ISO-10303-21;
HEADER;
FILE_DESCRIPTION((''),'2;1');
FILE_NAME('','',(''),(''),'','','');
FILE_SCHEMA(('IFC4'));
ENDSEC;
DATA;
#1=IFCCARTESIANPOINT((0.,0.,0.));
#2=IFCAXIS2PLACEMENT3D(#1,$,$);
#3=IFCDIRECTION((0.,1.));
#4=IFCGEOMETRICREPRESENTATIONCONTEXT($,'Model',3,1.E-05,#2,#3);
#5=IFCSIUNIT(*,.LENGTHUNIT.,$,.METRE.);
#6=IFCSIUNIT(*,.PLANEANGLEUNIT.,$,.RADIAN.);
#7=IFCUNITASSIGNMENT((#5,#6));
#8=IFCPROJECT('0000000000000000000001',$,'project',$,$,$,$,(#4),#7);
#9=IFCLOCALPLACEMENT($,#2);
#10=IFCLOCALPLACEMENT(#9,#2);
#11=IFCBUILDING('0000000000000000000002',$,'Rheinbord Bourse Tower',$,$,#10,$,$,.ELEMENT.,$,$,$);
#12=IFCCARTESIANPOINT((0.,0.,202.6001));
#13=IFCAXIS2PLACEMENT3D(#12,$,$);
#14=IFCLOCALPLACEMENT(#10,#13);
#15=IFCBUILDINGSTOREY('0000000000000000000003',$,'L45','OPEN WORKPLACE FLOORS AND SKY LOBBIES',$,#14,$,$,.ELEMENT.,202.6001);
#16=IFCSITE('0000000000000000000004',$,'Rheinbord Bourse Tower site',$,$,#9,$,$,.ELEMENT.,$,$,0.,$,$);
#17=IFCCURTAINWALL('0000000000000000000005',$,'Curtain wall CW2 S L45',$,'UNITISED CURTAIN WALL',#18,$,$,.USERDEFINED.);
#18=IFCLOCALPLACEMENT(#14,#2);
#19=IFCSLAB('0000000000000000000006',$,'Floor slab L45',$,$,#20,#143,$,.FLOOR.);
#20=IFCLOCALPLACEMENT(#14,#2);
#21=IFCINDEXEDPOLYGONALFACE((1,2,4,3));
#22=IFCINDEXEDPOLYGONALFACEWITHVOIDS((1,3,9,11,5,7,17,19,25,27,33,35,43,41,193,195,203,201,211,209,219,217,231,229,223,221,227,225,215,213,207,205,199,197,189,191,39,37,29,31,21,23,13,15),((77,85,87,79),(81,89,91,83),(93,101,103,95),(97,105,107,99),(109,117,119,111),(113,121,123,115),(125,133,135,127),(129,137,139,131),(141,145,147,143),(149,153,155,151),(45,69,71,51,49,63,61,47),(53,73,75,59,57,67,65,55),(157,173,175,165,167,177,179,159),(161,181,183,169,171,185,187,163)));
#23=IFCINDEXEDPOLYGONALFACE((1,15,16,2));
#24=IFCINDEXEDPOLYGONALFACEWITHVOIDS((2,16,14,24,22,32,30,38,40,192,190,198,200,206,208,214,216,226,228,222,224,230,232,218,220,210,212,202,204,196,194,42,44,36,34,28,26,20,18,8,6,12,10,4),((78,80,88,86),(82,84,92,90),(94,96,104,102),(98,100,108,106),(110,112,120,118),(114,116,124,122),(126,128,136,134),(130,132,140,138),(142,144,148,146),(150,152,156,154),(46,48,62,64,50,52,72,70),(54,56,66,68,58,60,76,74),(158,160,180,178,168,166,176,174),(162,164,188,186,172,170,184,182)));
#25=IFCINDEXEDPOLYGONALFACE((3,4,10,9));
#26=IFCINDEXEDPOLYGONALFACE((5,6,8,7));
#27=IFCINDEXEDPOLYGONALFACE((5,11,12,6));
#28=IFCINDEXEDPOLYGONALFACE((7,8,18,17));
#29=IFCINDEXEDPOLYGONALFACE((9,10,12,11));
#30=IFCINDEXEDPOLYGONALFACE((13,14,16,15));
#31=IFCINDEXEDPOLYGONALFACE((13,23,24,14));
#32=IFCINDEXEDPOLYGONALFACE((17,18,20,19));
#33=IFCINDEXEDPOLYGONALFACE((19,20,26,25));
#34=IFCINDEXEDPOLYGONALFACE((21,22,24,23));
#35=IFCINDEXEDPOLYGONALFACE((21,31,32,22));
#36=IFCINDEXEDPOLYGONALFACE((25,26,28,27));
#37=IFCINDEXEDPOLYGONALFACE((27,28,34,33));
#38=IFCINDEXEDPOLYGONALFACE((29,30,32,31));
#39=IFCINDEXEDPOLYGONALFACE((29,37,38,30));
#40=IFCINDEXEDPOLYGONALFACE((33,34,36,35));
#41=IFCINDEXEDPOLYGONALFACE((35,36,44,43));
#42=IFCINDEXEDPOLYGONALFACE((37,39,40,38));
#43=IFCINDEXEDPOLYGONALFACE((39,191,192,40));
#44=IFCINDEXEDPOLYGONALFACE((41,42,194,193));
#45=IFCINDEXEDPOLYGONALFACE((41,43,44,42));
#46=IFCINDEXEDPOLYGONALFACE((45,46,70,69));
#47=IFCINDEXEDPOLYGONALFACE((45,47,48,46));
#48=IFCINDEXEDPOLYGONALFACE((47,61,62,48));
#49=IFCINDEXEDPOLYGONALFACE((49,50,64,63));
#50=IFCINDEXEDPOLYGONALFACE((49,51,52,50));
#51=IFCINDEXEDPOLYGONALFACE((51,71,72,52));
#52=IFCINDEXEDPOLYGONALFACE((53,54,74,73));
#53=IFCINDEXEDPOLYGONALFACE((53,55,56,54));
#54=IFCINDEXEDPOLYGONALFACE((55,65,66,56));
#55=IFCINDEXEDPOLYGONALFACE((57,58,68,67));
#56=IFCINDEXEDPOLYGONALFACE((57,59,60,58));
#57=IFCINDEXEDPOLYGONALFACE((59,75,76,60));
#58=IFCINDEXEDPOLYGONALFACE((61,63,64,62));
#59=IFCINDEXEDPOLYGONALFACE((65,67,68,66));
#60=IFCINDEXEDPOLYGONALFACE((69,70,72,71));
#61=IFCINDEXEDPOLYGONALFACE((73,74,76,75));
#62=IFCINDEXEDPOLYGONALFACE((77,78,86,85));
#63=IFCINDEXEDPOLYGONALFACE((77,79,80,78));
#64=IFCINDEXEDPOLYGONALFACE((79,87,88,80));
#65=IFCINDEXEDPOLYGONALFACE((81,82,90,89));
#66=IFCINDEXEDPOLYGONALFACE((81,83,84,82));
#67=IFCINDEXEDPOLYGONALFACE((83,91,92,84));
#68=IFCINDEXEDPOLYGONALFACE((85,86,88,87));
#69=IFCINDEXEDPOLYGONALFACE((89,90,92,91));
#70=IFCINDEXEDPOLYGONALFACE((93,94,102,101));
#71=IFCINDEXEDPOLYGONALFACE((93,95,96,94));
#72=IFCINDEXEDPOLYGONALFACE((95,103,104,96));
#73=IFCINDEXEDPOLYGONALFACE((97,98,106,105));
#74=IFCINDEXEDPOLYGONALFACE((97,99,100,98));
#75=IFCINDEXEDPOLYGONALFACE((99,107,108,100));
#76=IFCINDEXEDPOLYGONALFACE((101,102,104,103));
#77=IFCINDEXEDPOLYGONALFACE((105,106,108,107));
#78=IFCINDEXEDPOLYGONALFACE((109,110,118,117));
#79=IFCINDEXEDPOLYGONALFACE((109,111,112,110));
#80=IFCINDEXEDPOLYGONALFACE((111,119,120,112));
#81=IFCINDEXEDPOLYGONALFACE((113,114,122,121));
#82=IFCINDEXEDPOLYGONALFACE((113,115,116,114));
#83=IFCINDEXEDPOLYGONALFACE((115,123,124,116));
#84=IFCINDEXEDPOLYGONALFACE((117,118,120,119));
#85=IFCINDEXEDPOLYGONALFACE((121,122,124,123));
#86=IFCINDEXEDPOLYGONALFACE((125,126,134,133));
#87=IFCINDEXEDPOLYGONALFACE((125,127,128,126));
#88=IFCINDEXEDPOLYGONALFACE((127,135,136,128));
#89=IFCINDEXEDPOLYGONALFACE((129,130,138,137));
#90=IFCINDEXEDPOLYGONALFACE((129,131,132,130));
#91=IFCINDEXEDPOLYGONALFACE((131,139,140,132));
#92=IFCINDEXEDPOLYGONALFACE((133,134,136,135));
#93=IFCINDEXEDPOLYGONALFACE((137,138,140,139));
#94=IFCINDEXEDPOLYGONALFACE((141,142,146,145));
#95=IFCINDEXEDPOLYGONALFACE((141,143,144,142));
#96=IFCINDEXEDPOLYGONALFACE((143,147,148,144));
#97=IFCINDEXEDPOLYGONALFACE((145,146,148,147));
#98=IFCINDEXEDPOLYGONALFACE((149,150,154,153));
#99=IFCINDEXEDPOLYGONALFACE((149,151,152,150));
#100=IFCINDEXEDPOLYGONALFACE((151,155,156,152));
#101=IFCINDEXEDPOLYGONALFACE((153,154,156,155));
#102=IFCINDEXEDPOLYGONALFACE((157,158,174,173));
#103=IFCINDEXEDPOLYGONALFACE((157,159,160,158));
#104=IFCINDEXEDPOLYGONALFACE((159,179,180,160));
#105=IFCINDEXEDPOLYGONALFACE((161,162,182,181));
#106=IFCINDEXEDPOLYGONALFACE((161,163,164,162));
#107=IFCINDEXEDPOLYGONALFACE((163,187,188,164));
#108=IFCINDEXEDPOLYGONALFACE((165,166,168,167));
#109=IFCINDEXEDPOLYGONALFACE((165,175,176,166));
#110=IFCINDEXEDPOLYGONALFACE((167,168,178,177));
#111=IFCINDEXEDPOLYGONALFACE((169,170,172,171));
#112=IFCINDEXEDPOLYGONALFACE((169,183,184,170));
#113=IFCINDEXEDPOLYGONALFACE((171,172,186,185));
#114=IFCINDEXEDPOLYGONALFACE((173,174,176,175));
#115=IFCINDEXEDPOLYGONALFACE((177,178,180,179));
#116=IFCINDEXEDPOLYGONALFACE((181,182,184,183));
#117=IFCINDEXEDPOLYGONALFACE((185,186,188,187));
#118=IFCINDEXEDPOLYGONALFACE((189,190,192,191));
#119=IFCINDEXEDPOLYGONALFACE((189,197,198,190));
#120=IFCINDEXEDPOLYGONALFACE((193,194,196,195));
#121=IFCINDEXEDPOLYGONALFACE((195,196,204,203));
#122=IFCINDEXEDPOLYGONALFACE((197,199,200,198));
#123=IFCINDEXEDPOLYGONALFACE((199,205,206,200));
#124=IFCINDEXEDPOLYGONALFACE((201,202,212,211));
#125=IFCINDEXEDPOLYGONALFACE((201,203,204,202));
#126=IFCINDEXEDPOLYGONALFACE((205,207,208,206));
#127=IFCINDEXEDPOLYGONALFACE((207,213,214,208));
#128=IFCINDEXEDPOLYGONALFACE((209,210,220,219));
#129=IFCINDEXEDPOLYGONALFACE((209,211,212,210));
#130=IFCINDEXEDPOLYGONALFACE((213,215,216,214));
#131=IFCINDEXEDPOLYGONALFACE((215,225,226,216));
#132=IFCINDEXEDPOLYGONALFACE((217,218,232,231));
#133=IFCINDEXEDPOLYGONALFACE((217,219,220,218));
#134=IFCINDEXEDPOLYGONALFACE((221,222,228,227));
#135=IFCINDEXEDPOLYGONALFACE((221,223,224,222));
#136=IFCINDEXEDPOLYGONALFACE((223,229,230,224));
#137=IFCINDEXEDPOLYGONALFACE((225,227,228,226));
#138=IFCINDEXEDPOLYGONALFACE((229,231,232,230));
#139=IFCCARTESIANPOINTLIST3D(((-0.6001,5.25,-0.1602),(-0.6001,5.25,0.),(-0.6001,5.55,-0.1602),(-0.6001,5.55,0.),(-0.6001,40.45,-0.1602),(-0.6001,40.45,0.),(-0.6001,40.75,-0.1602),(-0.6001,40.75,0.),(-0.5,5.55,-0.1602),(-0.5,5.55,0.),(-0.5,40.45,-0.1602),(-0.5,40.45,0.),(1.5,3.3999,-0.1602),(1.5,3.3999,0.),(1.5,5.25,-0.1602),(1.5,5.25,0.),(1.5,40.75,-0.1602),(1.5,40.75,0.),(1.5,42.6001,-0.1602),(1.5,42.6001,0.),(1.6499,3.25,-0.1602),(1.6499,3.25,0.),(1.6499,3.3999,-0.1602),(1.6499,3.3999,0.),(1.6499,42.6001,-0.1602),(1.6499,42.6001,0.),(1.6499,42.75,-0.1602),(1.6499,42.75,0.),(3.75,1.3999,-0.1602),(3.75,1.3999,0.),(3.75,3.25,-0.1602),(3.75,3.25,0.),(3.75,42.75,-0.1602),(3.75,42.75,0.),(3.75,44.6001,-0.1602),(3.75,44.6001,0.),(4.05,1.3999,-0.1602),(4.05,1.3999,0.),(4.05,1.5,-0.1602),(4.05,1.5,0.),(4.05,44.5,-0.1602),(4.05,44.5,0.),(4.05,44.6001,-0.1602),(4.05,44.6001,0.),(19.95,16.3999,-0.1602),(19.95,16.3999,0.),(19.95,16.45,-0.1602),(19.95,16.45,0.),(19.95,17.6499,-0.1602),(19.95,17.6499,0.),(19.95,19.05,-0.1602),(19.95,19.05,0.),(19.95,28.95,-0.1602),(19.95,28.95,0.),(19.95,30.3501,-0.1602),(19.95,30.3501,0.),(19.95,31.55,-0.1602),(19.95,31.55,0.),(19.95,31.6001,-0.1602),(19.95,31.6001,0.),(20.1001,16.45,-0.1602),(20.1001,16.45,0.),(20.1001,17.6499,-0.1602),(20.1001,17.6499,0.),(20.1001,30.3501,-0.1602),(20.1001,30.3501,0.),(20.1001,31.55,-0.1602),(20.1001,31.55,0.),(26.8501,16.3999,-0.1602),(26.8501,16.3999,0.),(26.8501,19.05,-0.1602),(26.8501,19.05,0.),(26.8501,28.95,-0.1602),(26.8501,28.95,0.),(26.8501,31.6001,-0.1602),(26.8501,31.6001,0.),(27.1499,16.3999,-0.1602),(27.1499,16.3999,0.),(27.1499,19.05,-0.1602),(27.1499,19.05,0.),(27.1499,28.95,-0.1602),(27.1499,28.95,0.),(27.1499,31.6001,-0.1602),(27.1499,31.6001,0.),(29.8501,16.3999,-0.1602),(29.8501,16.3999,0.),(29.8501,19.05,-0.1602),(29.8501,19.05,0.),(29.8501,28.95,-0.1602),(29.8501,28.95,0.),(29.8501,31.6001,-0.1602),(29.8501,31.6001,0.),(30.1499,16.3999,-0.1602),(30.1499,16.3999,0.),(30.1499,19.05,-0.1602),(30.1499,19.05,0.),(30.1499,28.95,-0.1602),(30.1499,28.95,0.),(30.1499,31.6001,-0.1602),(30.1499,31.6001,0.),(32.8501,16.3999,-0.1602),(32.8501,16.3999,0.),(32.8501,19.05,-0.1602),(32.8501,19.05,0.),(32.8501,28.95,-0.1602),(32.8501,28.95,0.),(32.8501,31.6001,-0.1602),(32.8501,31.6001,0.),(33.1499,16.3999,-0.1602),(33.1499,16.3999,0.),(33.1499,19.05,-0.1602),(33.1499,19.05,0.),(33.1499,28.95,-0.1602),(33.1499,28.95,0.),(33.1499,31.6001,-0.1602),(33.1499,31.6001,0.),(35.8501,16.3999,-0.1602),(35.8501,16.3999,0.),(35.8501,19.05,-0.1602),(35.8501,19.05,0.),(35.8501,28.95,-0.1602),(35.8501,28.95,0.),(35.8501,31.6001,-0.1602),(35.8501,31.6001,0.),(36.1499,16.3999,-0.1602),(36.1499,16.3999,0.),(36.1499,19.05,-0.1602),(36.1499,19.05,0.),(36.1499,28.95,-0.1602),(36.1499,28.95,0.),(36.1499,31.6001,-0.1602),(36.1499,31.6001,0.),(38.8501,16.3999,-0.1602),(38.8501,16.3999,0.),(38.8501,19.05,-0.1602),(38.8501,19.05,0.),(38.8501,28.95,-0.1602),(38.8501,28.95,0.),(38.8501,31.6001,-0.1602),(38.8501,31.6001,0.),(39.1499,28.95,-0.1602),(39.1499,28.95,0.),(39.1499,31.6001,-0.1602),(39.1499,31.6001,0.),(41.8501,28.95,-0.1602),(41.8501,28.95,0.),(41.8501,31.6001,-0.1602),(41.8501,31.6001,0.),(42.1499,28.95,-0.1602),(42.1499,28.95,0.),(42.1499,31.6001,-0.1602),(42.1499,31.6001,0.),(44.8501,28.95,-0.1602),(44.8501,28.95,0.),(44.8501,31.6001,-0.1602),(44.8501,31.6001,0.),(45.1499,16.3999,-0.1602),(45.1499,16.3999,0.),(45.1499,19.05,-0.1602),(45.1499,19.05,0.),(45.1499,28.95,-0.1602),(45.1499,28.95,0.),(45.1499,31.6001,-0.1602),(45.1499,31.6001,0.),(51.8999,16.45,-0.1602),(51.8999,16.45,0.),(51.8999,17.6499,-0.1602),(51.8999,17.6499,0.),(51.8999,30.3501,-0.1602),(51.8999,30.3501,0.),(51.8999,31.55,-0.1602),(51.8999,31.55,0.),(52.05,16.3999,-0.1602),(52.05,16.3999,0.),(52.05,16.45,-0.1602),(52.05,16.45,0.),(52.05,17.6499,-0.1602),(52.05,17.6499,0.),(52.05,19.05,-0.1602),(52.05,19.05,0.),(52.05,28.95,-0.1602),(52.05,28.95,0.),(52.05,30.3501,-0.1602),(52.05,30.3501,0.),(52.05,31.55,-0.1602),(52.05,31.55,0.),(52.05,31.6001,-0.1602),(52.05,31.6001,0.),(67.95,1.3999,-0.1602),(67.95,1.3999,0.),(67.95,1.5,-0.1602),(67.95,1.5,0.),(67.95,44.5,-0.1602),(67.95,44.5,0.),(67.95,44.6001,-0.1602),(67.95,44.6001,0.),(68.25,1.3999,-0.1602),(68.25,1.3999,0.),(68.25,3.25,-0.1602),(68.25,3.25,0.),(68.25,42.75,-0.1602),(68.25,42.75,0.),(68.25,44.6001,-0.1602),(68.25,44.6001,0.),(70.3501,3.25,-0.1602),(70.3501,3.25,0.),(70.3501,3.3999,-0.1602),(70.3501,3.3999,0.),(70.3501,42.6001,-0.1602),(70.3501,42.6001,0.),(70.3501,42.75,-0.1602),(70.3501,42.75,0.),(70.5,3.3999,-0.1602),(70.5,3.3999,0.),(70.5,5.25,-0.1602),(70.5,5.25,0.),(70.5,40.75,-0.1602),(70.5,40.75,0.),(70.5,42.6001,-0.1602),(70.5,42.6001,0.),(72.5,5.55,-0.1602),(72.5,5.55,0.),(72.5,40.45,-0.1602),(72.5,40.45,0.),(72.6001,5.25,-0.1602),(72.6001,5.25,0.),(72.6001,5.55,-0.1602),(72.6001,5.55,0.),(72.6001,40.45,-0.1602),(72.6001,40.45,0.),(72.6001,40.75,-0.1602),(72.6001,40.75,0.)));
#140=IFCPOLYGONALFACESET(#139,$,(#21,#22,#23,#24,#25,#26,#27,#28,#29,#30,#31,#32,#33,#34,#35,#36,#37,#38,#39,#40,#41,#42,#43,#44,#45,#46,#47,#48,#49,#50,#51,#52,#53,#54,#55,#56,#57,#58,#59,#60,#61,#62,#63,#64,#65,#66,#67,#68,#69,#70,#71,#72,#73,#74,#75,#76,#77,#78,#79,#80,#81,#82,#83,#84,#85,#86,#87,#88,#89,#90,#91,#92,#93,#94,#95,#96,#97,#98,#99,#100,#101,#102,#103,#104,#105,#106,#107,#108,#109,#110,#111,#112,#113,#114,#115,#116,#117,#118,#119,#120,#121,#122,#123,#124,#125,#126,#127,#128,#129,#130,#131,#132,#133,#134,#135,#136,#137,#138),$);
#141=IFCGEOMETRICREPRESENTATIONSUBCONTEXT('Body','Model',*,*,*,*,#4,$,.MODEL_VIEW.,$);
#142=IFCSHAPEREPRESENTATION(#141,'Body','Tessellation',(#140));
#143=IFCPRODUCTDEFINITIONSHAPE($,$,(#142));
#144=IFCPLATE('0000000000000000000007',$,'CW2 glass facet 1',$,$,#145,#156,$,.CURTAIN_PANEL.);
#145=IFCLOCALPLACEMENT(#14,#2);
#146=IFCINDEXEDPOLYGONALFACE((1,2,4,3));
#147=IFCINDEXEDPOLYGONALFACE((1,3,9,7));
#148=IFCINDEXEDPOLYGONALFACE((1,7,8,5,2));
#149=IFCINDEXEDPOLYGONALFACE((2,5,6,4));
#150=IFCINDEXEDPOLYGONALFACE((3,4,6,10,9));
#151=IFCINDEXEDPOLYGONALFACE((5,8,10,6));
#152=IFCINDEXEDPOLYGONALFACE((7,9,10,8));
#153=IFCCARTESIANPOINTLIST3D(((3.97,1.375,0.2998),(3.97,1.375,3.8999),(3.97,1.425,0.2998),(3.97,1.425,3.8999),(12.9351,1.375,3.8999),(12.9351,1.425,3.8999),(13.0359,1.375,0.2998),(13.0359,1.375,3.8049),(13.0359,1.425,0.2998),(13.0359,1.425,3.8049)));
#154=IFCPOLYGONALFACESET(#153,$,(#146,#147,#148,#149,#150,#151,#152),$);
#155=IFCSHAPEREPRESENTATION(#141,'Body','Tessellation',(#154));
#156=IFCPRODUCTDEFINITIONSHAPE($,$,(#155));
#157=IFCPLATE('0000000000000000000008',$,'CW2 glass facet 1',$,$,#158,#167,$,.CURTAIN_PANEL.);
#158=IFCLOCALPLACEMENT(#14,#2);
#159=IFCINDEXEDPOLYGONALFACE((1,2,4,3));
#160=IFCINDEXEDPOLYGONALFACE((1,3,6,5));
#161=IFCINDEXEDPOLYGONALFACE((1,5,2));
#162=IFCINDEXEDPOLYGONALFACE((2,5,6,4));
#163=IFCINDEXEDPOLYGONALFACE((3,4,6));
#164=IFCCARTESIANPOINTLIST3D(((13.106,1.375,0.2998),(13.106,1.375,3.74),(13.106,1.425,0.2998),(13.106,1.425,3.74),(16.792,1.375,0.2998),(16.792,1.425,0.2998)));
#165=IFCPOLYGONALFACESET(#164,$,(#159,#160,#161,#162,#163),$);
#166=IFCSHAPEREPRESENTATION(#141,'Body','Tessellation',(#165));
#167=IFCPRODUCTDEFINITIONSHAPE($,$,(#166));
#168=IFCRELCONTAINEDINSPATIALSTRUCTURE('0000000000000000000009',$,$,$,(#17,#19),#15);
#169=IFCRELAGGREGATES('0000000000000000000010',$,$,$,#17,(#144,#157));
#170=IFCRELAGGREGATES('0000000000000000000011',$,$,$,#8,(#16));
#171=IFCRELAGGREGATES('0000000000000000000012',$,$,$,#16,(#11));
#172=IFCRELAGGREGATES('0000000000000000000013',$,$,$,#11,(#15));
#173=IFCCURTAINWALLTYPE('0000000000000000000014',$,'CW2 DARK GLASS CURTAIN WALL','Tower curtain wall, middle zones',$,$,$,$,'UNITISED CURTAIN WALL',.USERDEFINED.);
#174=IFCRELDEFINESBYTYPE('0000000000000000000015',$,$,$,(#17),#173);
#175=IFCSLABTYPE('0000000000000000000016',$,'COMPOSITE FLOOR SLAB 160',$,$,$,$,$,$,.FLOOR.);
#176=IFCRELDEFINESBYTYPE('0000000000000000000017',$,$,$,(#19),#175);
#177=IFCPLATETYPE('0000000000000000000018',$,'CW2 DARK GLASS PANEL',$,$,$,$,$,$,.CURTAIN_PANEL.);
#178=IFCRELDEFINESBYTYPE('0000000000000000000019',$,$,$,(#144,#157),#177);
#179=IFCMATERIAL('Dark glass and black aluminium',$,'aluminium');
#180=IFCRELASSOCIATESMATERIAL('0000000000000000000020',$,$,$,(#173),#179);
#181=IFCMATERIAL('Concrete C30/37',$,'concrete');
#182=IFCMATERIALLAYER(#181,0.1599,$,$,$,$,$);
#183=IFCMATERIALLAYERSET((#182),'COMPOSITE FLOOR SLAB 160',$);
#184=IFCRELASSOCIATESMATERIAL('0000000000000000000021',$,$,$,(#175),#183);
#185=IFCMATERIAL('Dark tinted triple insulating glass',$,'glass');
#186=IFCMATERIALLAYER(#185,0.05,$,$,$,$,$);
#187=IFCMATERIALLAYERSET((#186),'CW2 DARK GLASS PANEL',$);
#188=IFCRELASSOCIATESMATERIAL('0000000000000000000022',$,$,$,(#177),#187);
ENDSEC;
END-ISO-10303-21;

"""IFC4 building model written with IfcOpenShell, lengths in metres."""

from ifc_helpers import new_model, si_unit, direction, frame, origin, place, context, subcontext, project, spatial, polyline, outline, extrude, material, layer, layer_set, type_object, element, aggregate, save


model = new_model("IFC4")

# Units and contexts
model_context = context("Model", 3, precision=1e-05, world=origin(), true_north=direction((0.0, 1.0)))
body_context = subcontext(model_context, "Body", "Model", "MODEL_VIEW")
ifc_project = project(units=[si_unit("LENGTHUNIT", "METRE"), si_unit("PLANEANGLEUNIT", "RADIAN")], contexts=[model_context])

# Site, building, storey
site_placement = place(None, origin())
site = spatial("IfcSite", under=ifc_project, at=site_placement, Name="Rheinbord Bourse Tower site", CompositionType="ELEMENT", RefElevation=0.0)
building_placement = place(site_placement, origin())
building = spatial("IfcBuilding", under=site, at=building_placement, Name="Rheinbord Bourse Tower", CompositionType="ELEMENT")
storey_placement = place(building_placement, frame((0.0, 0.0, 202.6001)))
storey = spatial("IfcBuildingStorey", under=building, at=storey_placement, Name="L45", Description="OPEN WORKPLACE FLOORS AND SKY LOBBIES", CompositionType="ELEMENT", Elevation=202.6001)

# Curtain wall
ifc_material_1 = material(Name="Dark glass and black aluminium", Category="aluminium")
curtain_wall_type = type_object("IfcCurtainWallType", Name="CW2 DARK GLASS CURTAIN WALL", Description="Tower curtain wall, middle zones", ElementType="UNITISED CURTAIN WALL", PredefinedType="USERDEFINED", material=ifc_material_1)
curtain_wall_1_placement = place(storey_placement, origin())
curtain_wall_1 = element("IfcCurtainWall", 1, at=curtain_wall_1_placement, inside=storey, type_object=curtain_wall_type, Name="Curtain wall CW2 S L45", ObjectType="UNITISED CURTAIN WALL", PredefinedType="USERDEFINED")

# Slab
ifc_material_2 = material(Name="Concrete C30/37", Category="concrete")
ifc_layer_1 = layer(ifc_material_2, 0.1599)
ifc_layer_set_1 = layer_set([ifc_layer_1], Name="COMPOSITE FLOOR SLAB 160")
slab_type_1 = type_object("IfcSlabType", Name="COMPOSITE FLOOR SLAB 160", PredefinedType="FLOOR", material=ifc_layer_set_1)
slab_1_placement = place(storey_placement, frame((0.0, 0.0, -0.1602)))
element("IfcSlab", 2, at=slab_1_placement, inside=storey, type_object=slab_type_1, Name="Floor slab L45", PredefinedType="FLOOR", context=body_context, shape_type="SweptSolid", body=[
    extrude(outline(polyline([(1.6499, 3.3999), (1.5, 3.3999), (1.5, 5.25), (-0.6001, 5.25), (-0.6001, 5.55), (-0.5, 5.55), (-0.5, 40.45), (-0.6001, 40.45), (-0.6001, 40.75), (1.5, 40.75), (1.5, 42.6001), (1.6499, 42.6001), (1.6499, 42.75), (3.75, 42.75), (3.75, 44.6001), (4.05, 44.6001), (4.05, 44.5), (67.95, 44.5), (67.95, 44.6001), (68.25, 44.6001), (68.25, 42.75), (70.3501, 42.75), (70.3501, 42.6001), (70.5, 42.6001), (70.5, 40.75), (72.6001, 40.75), (72.6001, 40.45), (72.5, 40.45), (72.5, 5.55), (72.6001, 5.55), (72.6001, 5.25), (70.5, 5.25), (70.5, 3.3999), (70.3501, 3.3999), (70.3501, 3.25), (68.25, 3.25), (68.25, 1.3999), (67.95, 1.3999), (67.95, 1.5), (4.05, 1.5), (4.05, 1.3999), (3.75, 1.3999), (3.75, 3.25), (1.6499, 3.25), (1.6499, 3.3999)]), holes=[polyline([(19.95, 19.05), (26.8501, 19.05), (26.8501, 16.3999), (19.95, 16.3999), (19.95, 16.45), (20.1001, 16.45), (20.1001, 17.6499), (19.95, 17.6499), (19.95, 19.05)]), polyline([(19.95, 31.6001), (26.8501, 31.6001), (26.8501, 28.95), (19.95, 28.95), (19.95, 30.3501), (20.1001, 30.3501), (20.1001, 31.55), (19.95, 31.55), (19.95, 31.6001)]), polyline([(52.05, 16.3999), (45.1499, 16.3999), (45.1499, 19.05), (52.05, 19.05), (52.05, 17.6499), (51.8999, 17.6499), (51.8999, 16.45), (52.05, 16.45), (52.05, 16.3999)]), polyline([(52.05, 28.95), (45.1499, 28.95), (45.1499, 31.6001), (52.05, 31.6001), (52.05, 31.55), (51.8999, 31.55), (51.8999, 30.3501), (52.05, 30.3501), (52.05, 28.95)]), polyline([(27.1499, 16.3999), (27.1499, 19.05), (29.8501, 19.05), (29.8501, 16.3999), (27.1499, 16.3999)]), polyline([(27.1499, 28.95), (27.1499, 31.6001), (29.8501, 31.6001), (29.8501, 28.95), (27.1499, 28.95)]), polyline([(30.1499, 16.3999), (30.1499, 19.05), (32.8501, 19.05), (32.8501, 16.3999), (30.1499, 16.3999)]), polyline([(30.1499, 28.95), (30.1499, 31.6001), (32.8501, 31.6001), (32.8501, 28.95), (30.1499, 28.95)]), polyline([(33.1499, 16.3999), (33.1499, 19.05), (35.8501, 19.05), (35.8501, 16.3999), (33.1499, 16.3999)]), polyline([(33.1499, 28.95), (33.1499, 31.6001), (35.8501, 31.6001), (35.8501, 28.95), (33.1499, 28.95)]), polyline([(36.1499, 16.3999), (36.1499, 19.05), (38.8501, 19.05), (38.8501, 16.3999), (36.1499, 16.3999)]), polyline([(36.1499, 28.95), (36.1499, 31.6001), (38.8501, 31.6001), (38.8501, 28.95), (36.1499, 28.95)]), polyline([(39.1499, 28.95), (39.1499, 31.6001), (41.8501, 31.6001), (41.8501, 28.95), (39.1499, 28.95)]), polyline([(42.1499, 28.95), (42.1499, 31.6001), (44.8501, 31.6001), (44.8501, 28.95), (42.1499, 28.95)])]), origin(), (0.0, 0.0, 1.0), 0.1602),
])

# Plates
ifc_material_3 = material(Name="Dark tinted triple insulating glass", Category="glass")
ifc_layer_2 = layer(ifc_material_3, 0.05)
ifc_layer_set_2 = layer_set([ifc_layer_2], Name="CW2 DARK GLASS PANEL")
plate_type = type_object("IfcPlateType", Name="CW2 DARK GLASS PANEL", PredefinedType="CURTAIN_PANEL", material=ifc_layer_set_2)
plate_1_placement = place(storey_placement, frame((13.0359, 1.375, 0.2998), z_axis=(0.0, 1.0, 0.0), x_axis=(-1.0, 0.0, 0.0)))
plate_1 = element("IfcPlate", 3, at=plate_1_placement, type_object=plate_type, Name="CW2 glass facet 1", PredefinedType="CURTAIN_PANEL", context=body_context, shape_type="SweptSolid", body=[
    extrude(outline(polyline([(0.0, 0.0), (9.0659, 0.0), (9.0659, 3.6001), (0.1008, 3.6001), (0.0, 3.5051), (0.0, 0.0)])), origin(), (0.0, 0.0, 1.0), 0.05),
])
plate_2_placement = place(storey_placement, frame((13.106, 1.375, 0.2998), z_axis=(0.0, 1.0, 0.0), x_axis=(0.0, 0.0, 1.0)))
plate_2 = element("IfcPlate", 4, at=plate_2_placement, type_object=plate_type, Name="CW2 glass facet 1", PredefinedType="CURTAIN_PANEL", context=body_context, shape_type="SweptSolid", body=[
    extrude(outline(polyline([(0.0, 0.0), (3.4402, 0.0), (0.0, 3.686), (0.0, 0.0)])), origin(), (0.0, 0.0, 1.0), 0.05),
])
aggregate(curtain_wall_1, [plate_1, plate_2])

save(model, "model.ifc")
